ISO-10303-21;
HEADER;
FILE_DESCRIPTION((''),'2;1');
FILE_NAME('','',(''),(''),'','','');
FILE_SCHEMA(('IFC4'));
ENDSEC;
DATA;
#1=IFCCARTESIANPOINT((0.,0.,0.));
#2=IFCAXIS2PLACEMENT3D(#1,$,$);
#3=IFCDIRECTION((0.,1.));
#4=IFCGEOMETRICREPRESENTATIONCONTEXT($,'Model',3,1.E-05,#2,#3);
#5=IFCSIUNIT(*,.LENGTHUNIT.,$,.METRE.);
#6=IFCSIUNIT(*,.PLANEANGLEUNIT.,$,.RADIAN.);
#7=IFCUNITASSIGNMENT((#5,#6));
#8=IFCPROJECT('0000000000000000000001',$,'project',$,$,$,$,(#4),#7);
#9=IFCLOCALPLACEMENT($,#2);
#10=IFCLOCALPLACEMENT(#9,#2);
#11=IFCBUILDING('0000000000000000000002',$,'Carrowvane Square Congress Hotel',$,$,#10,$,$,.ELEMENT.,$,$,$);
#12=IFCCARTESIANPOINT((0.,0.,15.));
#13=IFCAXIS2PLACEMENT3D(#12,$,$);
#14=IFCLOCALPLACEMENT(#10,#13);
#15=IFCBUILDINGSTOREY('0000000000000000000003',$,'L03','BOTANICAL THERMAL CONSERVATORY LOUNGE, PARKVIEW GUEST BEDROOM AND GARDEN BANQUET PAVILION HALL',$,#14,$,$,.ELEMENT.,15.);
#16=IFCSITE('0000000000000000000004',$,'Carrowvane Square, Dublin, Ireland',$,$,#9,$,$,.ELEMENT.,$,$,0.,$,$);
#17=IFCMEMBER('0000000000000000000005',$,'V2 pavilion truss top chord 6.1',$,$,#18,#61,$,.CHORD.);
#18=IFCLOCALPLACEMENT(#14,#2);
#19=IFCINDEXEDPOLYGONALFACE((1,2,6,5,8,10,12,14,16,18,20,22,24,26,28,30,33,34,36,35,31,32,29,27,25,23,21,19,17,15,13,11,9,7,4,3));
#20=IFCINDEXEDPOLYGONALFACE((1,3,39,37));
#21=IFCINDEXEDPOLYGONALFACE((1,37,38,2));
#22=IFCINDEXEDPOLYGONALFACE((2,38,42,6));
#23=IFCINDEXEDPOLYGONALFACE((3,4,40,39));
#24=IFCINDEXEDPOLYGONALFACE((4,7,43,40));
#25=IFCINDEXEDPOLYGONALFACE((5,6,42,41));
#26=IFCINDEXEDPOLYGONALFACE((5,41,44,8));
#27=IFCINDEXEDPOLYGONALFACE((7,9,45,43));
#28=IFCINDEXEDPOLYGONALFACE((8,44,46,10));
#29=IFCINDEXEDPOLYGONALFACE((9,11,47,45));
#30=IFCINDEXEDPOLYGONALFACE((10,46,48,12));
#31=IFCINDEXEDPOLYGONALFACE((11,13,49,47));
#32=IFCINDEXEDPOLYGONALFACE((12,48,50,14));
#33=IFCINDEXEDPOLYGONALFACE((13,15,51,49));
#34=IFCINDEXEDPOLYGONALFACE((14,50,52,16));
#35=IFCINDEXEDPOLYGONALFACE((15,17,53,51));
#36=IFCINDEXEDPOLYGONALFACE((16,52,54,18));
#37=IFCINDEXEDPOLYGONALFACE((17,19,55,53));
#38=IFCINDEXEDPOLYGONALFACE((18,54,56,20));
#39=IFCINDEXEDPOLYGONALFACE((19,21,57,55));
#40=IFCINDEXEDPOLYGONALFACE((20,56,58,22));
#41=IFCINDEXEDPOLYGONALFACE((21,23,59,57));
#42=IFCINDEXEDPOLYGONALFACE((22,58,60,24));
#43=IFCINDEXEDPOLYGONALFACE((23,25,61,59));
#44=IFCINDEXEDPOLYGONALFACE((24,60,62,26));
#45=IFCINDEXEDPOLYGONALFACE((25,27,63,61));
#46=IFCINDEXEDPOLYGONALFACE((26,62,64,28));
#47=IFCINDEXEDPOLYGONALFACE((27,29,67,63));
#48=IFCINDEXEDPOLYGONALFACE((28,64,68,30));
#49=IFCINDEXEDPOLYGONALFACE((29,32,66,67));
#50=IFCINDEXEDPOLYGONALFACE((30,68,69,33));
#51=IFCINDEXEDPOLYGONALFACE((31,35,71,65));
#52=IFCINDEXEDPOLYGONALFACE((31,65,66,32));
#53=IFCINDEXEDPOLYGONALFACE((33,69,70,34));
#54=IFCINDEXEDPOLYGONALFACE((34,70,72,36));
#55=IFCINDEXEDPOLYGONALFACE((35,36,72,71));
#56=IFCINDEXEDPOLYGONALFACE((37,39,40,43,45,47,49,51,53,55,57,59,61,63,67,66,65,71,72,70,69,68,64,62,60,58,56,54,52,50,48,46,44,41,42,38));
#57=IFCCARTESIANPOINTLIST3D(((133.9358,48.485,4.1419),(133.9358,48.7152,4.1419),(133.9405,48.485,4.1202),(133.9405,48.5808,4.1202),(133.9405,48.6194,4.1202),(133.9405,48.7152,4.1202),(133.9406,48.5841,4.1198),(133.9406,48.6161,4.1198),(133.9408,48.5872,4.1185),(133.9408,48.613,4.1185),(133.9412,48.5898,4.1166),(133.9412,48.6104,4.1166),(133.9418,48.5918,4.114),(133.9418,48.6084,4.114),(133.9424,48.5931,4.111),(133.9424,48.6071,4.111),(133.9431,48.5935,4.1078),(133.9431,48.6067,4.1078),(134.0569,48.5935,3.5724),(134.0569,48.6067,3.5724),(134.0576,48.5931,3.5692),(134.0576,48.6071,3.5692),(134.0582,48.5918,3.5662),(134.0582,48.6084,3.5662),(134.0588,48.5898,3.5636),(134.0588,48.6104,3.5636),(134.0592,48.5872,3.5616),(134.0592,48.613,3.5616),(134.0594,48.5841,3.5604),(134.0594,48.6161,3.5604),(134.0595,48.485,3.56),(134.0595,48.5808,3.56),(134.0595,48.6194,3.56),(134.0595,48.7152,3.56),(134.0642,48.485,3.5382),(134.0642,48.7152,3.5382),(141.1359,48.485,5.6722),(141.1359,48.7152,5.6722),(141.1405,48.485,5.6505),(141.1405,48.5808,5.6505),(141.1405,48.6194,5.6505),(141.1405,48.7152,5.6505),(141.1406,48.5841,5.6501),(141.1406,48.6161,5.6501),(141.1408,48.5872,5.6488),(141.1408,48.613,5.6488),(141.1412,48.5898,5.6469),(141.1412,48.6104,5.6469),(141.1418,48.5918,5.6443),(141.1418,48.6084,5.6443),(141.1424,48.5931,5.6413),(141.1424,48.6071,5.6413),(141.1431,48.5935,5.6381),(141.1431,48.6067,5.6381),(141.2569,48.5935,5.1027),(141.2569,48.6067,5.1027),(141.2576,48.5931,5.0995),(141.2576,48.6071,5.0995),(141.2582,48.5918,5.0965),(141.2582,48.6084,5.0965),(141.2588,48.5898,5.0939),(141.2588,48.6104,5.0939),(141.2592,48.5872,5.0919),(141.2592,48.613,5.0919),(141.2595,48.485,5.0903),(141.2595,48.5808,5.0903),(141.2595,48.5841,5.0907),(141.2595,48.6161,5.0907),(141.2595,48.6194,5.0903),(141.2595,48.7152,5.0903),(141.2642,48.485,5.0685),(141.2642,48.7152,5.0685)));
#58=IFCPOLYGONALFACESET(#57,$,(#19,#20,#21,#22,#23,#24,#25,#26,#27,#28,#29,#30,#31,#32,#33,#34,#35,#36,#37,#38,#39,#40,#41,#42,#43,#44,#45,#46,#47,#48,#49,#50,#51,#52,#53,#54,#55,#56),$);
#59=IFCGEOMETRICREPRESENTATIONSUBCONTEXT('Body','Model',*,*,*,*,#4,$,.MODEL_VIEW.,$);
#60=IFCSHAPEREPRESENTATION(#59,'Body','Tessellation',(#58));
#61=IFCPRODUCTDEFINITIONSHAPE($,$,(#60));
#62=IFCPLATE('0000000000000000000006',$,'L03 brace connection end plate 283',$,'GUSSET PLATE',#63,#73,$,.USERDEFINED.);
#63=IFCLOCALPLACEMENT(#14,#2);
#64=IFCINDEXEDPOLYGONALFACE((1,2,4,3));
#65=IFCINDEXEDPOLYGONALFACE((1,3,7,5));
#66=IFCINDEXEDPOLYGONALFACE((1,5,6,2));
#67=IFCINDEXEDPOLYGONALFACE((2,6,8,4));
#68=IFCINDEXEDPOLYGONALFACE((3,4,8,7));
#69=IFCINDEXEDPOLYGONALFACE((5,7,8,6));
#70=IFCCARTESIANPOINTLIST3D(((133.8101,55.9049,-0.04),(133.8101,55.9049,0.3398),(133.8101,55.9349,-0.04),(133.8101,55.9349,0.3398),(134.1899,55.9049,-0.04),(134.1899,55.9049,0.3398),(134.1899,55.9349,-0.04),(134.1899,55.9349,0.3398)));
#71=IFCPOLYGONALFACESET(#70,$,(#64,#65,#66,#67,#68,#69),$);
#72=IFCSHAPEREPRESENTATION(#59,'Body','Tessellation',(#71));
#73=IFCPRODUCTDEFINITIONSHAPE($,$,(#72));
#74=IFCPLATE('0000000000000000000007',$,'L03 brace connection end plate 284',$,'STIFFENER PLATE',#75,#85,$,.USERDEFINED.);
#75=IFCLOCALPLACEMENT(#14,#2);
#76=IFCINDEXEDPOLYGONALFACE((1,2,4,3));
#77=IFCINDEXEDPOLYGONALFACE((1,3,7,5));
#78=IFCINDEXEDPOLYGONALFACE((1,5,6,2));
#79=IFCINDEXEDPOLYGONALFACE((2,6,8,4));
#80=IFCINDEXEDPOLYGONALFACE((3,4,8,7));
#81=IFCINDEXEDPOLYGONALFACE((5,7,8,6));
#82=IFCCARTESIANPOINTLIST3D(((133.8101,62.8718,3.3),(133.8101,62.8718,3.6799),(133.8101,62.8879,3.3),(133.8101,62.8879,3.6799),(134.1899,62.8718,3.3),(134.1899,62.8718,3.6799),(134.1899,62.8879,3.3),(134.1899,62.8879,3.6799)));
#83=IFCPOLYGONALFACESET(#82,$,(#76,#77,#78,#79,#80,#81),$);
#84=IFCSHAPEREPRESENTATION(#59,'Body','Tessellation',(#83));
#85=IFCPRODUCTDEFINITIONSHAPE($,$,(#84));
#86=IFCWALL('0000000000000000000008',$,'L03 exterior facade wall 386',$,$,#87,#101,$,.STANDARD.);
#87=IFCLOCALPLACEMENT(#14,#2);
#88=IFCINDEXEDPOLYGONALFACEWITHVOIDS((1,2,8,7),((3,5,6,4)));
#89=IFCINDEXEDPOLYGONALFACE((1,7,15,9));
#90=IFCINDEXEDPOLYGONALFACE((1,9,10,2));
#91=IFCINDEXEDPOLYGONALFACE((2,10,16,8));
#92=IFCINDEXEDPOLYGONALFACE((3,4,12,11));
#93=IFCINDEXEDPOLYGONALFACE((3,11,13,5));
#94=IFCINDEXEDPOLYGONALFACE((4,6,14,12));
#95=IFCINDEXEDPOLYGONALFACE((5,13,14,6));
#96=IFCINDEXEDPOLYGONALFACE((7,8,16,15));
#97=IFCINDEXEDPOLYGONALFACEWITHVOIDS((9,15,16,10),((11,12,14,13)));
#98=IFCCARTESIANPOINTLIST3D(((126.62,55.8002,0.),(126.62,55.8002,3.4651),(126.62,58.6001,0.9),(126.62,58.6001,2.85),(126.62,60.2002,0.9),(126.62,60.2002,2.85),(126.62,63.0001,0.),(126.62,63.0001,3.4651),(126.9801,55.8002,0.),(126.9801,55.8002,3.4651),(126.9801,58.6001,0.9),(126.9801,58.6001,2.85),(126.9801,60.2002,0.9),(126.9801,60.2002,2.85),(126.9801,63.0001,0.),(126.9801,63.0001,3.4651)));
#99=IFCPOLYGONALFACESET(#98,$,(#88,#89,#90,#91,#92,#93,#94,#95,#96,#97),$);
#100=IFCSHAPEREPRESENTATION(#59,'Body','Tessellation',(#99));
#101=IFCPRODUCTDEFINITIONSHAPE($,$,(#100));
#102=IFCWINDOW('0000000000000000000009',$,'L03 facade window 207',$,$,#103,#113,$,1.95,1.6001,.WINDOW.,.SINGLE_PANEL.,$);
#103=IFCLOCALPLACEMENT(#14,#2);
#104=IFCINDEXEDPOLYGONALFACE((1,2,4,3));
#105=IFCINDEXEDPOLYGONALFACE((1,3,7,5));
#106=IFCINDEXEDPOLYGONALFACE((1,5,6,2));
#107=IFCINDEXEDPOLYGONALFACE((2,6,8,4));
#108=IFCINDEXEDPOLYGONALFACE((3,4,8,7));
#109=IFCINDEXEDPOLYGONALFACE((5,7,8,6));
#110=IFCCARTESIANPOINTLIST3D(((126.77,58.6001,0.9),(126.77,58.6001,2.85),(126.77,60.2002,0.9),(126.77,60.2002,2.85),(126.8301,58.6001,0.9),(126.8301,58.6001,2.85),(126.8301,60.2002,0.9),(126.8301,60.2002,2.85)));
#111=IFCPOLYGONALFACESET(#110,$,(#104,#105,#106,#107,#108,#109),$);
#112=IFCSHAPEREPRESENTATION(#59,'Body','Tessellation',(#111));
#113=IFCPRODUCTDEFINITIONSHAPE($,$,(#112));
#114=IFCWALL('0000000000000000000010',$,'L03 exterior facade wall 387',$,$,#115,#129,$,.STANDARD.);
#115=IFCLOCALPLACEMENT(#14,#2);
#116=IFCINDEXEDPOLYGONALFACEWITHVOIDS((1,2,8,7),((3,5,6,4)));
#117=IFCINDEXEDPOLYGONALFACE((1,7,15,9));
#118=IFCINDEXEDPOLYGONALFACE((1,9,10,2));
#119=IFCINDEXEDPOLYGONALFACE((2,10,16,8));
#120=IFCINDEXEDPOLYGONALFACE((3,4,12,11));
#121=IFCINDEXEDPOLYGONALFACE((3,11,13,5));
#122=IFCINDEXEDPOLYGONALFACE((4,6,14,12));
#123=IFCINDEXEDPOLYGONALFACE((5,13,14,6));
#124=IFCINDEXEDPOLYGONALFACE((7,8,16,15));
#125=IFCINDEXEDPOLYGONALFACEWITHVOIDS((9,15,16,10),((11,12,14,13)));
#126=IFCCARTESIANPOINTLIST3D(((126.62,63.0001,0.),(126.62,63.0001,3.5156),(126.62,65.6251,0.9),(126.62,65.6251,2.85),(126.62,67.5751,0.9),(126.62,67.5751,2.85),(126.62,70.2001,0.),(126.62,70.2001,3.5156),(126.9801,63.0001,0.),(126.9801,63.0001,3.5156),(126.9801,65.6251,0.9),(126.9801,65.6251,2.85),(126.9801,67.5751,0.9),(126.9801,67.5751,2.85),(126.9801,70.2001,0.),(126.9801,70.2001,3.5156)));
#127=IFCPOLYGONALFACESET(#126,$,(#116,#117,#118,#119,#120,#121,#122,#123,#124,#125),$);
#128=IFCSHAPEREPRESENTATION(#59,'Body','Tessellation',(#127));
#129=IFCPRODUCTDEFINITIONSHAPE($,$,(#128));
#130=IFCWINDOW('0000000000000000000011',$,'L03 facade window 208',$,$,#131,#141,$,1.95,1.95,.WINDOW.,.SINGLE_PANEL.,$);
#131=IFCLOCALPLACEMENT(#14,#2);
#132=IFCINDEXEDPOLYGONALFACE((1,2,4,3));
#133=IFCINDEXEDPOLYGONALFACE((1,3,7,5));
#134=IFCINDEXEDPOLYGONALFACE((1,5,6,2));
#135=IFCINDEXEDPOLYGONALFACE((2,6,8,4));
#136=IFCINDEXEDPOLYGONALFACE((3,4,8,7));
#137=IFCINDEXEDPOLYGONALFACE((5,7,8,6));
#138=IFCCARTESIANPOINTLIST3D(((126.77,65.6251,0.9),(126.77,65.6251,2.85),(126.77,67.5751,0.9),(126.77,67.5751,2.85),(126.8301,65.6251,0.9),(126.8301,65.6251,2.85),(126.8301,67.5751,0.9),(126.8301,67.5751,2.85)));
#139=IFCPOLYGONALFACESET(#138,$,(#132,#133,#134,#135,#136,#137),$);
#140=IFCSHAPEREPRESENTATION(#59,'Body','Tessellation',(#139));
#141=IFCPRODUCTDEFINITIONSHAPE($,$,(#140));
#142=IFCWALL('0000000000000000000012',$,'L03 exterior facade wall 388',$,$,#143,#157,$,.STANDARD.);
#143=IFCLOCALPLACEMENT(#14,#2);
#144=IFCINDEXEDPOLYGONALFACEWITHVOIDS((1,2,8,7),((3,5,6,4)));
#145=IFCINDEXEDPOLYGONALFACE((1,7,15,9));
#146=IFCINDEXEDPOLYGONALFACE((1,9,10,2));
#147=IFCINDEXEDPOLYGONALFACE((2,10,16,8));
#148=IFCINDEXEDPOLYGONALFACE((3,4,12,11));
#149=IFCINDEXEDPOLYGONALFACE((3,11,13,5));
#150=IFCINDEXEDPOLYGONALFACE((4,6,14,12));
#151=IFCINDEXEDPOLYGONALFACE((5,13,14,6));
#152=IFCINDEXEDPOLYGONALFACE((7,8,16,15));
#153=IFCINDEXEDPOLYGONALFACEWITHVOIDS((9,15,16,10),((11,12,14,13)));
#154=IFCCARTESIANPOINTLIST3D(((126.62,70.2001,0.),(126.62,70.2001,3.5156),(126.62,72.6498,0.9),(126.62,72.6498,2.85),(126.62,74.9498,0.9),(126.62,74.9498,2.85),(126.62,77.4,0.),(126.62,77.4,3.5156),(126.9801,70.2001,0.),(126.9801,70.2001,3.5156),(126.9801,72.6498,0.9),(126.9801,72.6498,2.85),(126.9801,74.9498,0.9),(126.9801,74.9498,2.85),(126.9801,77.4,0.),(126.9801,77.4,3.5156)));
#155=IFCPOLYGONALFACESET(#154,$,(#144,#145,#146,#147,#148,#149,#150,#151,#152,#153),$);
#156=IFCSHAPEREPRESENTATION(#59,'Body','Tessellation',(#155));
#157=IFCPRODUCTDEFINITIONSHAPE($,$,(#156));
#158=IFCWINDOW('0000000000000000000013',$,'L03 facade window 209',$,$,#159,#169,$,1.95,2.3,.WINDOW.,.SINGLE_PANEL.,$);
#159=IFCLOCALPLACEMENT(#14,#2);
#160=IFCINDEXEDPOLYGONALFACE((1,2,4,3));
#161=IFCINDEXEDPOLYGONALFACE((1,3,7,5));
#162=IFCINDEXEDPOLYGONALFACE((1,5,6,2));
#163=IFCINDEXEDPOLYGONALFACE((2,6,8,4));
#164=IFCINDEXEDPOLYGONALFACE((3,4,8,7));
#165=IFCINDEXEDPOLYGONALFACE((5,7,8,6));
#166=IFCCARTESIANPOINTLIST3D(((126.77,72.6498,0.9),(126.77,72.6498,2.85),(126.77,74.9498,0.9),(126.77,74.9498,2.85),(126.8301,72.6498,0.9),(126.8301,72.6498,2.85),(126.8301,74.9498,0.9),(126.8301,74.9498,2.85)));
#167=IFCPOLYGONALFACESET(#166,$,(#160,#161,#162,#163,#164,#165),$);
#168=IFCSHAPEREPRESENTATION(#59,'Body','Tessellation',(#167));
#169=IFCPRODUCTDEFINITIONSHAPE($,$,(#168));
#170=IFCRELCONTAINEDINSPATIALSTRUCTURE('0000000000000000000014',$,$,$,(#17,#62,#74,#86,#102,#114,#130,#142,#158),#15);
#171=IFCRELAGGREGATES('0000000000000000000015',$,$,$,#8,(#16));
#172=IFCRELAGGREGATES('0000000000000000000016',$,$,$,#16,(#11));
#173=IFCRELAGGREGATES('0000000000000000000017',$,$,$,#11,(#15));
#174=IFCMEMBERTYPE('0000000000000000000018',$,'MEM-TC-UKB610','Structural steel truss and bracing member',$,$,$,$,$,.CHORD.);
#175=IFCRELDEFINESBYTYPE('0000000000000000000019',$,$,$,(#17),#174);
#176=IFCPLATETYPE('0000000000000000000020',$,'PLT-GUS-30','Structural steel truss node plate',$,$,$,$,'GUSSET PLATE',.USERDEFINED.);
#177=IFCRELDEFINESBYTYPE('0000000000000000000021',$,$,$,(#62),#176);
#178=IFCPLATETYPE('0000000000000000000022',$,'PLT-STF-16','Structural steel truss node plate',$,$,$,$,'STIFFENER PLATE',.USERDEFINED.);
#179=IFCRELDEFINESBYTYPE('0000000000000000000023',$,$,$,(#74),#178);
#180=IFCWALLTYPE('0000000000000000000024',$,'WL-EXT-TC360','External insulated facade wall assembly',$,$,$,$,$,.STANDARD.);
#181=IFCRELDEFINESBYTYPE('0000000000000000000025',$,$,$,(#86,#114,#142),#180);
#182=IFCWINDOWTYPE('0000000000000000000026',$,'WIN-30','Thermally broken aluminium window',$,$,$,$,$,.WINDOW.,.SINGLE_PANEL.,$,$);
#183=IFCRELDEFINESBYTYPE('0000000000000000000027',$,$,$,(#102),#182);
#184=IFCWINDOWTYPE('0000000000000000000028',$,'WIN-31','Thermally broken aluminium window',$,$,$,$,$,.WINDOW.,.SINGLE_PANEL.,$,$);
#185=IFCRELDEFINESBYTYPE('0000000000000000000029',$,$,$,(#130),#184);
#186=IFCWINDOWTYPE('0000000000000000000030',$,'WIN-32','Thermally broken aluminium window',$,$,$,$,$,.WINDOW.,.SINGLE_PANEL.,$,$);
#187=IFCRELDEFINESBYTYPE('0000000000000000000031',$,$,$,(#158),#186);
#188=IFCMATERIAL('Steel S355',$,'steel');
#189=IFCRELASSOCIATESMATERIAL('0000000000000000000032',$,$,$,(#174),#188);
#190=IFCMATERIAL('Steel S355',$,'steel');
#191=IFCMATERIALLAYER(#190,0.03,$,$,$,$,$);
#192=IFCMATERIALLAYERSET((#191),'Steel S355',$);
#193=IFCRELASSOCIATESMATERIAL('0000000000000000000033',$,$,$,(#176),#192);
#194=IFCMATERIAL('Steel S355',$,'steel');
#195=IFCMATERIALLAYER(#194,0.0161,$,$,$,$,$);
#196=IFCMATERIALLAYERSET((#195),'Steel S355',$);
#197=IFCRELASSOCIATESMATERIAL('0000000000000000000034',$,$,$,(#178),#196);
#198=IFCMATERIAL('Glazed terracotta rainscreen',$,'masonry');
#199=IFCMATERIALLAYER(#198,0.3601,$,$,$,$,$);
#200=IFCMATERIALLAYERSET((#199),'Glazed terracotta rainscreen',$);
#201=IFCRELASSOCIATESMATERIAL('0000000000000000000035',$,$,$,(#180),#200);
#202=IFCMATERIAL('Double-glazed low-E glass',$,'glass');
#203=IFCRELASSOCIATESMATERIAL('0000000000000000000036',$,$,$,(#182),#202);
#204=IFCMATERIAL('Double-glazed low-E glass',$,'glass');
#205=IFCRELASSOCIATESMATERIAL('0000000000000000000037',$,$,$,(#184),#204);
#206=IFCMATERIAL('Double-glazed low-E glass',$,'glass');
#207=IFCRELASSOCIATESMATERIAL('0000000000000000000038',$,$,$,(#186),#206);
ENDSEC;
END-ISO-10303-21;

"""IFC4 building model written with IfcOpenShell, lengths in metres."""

from ifc_helpers import new_model, si_unit, direction, frame, frame_2d, origin, origin_2d, place, context, subcontext, project, spatial, rectangle, i_section, extrude, material, layer, layer_set, material_profile, profile_set, type_object, element, fill, save


model = new_model("IFC4")

# Units and contexts
model_context = context("Model", 3, precision=1e-05, world=origin(), true_north=direction((0.0, 1.0)))
body_context = subcontext(model_context, "Body", "Model", "MODEL_VIEW")
ifc_project = project(units=[si_unit("LENGTHUNIT", "METRE"), si_unit("PLANEANGLEUNIT", "RADIAN")], contexts=[model_context])

# Site, building, storey
site_placement = place(None, origin())
site = spatial("IfcSite", under=ifc_project, at=site_placement, Name="Carrowvane Square, Dublin, Ireland", CompositionType="ELEMENT", RefElevation=0.0)
building_placement = place(site_placement, origin())
building = spatial("IfcBuilding", under=site, at=building_placement, Name="Carrowvane Square Congress Hotel", CompositionType="ELEMENT")
storey_placement = place(building_placement, frame((0.0, 0.0, 15.0)))
storey = spatial("IfcBuildingStorey", under=building, at=storey_placement, Name="L03", Description="BOTANICAL THERMAL CONSERVATORY LOUNGE, PARKVIEW GUEST BEDROOM AND GARDEN BANQUET PAVILION HALL", CompositionType="ELEMENT", Elevation=15.0)

# Member
ifc_material_1 = material(Name="Steel S355", Category="steel")
ifc_material_profile_1 = material_profile(ifc_material_1, i_section(OverallWidth=0.2302, OverallDepth=0.6172, WebThickness=0.0132, FlangeThickness=0.0222, FilletRadius=0.0127, at=origin_2d()), Name="UKB 610x229x140")
ifc_profile_set_1 = profile_set([ifc_material_profile_1], Name="Steel S355")
member_type_1 = type_object("IfcMemberType", Name="MEM-TC-UKB610", Description="Structural steel truss and bracing member", PredefinedType="CHORD", material=ifc_profile_set_1)
for number, where, z_axis, x_axis, name in (
    (1, (134.0, 48.6001, 3.8401), (0.978151, 0.0, 0.207896), (0.0, 1.0, 0.0), "V2 pavilion truss top chord 6.1"),
):
    element("IfcMember", number, at=place(storey_placement, frame(where, z_axis=z_axis, x_axis=x_axis)), inside=storey, type_object=member_type_1, Name=name, PredefinedType="CHORD", context=body_context, shape_type="SweptSolid", body=[
        extrude(i_section(OverallWidth=0.2302, OverallDepth=0.6172, WebThickness=0.0132, FlangeThickness=0.0222, FilletRadius=0.0127, at=origin_2d()), origin(), (0.0, 0.0, 1.0), 7.3608),
    ])

# Plates
ifc_material_2 = material(Name="Steel S355", Category="steel")
ifc_layer_1 = layer(ifc_material_2, 0.03)
ifc_layer_set_1 = layer_set([ifc_layer_1], Name="Steel S355")
plate_type_1 = type_object("IfcPlateType", Name="PLT-GUS-30", Description="Structural steel truss node plate", ElementType="GUSSET PLATE", PredefinedType="USERDEFINED", material=ifc_layer_set_1)
plate_1_placement = place(storey_placement, frame((134.0, 55.9199, -0.04), z_axis=(0.0, 0.0, 1.0), x_axis=(1.0, 0.0, 0.0)))
element("IfcPlate", 2, at=plate_1_placement, inside=storey, type_object=plate_type_1, Name="L03 brace connection end plate 283", ObjectType="GUSSET PLATE", PredefinedType="USERDEFINED", context=body_context, shape_type="SweptSolid", body=[
    extrude(rectangle(XDim=0.3799, YDim=0.03, at=origin_2d()), origin(), (0.0, 0.0, 1.0), 0.3799),
])
ifc_material_3 = material(Name="Steel S355", Category="steel")
ifc_layer_2 = layer(ifc_material_3, 0.0161)
ifc_layer_set_2 = layer_set([ifc_layer_2], Name="Steel S355")
plate_type_2 = type_object("IfcPlateType", Name="PLT-STF-16", Description="Structural steel truss node plate", ElementType="STIFFENER PLATE", PredefinedType="USERDEFINED", material=ifc_layer_set_2)
plate_2_placement = place(storey_placement, frame((134.0, 62.8799, 3.3), z_axis=(0.0, 0.0, 1.0), x_axis=(1.0, 0.0, 0.0)))
element("IfcPlate", 3, at=plate_2_placement, inside=storey, type_object=plate_type_2, Name="L03 brace connection end plate 284", ObjectType="STIFFENER PLATE", PredefinedType="USERDEFINED", context=body_context, shape_type="SweptSolid", body=[
    extrude(rectangle(XDim=0.3799, YDim=0.0161, at=origin_2d()), origin(), (0.0, 0.0, 1.0), 0.3799),
])

# Walls, openings, windows
ifc_material_4 = material(Name="Glazed terracotta rainscreen", Category="masonry")
ifc_layer_3 = layer(ifc_material_4, 0.3601)
ifc_layer_set_3 = layer_set([ifc_layer_3], Name="Glazed terracotta rainscreen")
wall_type = type_object("IfcWallType", Name="WL-EXT-TC360", Description="External insulated facade wall assembly", PredefinedType="STANDARD", material=ifc_layer_set_3)
wall_1_placement = place(storey_placement, frame((126.8, 55.8, 0.0), z_axis=(0.0, 0.0, 1.0), x_axis=(0.0, 1.0, 0.0)))
wall_1 = element("IfcWall", 4, at=wall_1_placement, inside=storey, type_object=wall_type, Name="L03 exterior facade wall 386", PredefinedType="STANDARD", context=body_context, shape_type="SweptSolid", body=[
    extrude(rectangle(XDim=7.2, YDim=0.3601, at=frame_2d((3.6001, 0.0))), origin(), (0.0, 0.0, 1.0), 3.4651),
])
opening_1_placement = place(wall_1_placement, frame((2.8, 0.0, 0.8999)))
opening_1 = element("IfcOpeningElement", 5, at=opening_1_placement, cuts=wall_1, PredefinedType="OPENING", context=body_context, shape_type="SweptSolid", body=[
    extrude(rectangle(XDim=1.6001, YDim=1.95, at=frame_2d((0.8, 0.9751))), frame((0.0, 0.1899, 0.0), z_axis=(0.0, -1.0, 0.0), x_axis=(1.0, 0.0, 0.0)), (0.0, 0.0, 1.0), 0.3801),
])
ifc_material_5 = material(Name="Double-glazed low-E glass", Category="glass")
window_type_1 = type_object("IfcWindowType", Name="WIN-30", Description="Thermally broken aluminium window", PartitioningType="SINGLE_PANEL", PredefinedType="WINDOW", material=ifc_material_5)
window_1_placement = place(opening_1_placement, origin())
window_1 = element("IfcWindow", 6, at=window_1_placement, inside=storey, type_object=window_type_1, Name="L03 facade window 207", OverallHeight=1.95, OverallWidth=1.6001, PartitioningType="SINGLE_PANEL", PredefinedType="WINDOW", context=body_context, shape_type="SweptSolid", body=[
    extrude(rectangle(XDim=1.6001, YDim=1.95, at=frame_2d((0.8, 0.9751))), frame((0.0, 0.03, 0.0), z_axis=(0.0, -1.0, 0.0), x_axis=(1.0, 0.0, 0.0)), (0.0, 0.0, 1.0), 0.0601),
])
fill(opening_1, window_1)
wall_2_placement = place(storey_placement, frame((126.8, 63.0, 0.0), z_axis=(0.0, 0.0, 1.0), x_axis=(0.0, 1.0, 0.0)))
wall_2 = element("IfcWall", 7, at=wall_2_placement, inside=storey, type_object=wall_type, Name="L03 exterior facade wall 387", PredefinedType="STANDARD", context=body_context, shape_type="SweptSolid", body=[
    extrude(rectangle(XDim=7.2, YDim=0.3601, at=frame_2d((3.6001, 0.0))), origin(), (0.0, 0.0, 1.0), 3.5156),
])
opening_2_placement = place(wall_2_placement, frame((2.625, 0.0, 0.8999)))
opening_2 = element("IfcOpeningElement", 8, at=opening_2_placement, cuts=wall_2, PredefinedType="OPENING", context=body_context, shape_type="SweptSolid", body=[
    extrude(rectangle(XDim=1.95, YDim=1.95, at=frame_2d((0.9751, 0.9751))), frame((0.0, 0.1899, 0.0), z_axis=(0.0, -1.0, 0.0), x_axis=(1.0, 0.0, 0.0)), (0.0, 0.0, 1.0), 0.3801),
])
ifc_material_6 = material(Name="Double-glazed low-E glass", Category="glass")
window_type_2 = type_object("IfcWindowType", Name="WIN-31", Description="Thermally broken aluminium window", PartitioningType="SINGLE_PANEL", PredefinedType="WINDOW", material=ifc_material_6)
window_2_placement = place(opening_2_placement, origin())
window_2 = element("IfcWindow", 9, at=window_2_placement, inside=storey, type_object=window_type_2, Name="L03 facade window 208", OverallHeight=1.95, OverallWidth=1.95, PartitioningType="SINGLE_PANEL", PredefinedType="WINDOW", context=body_context, shape_type="SweptSolid", body=[
    extrude(rectangle(XDim=1.95, YDim=1.95, at=frame_2d((0.9751, 0.9751))), frame((0.0, 0.03, 0.0), z_axis=(0.0, -1.0, 0.0), x_axis=(1.0, 0.0, 0.0)), (0.0, 0.0, 1.0), 0.0601),
])
fill(opening_2, window_2)
wall_3_placement = place(storey_placement, frame((126.8, 70.2, 0.0), z_axis=(0.0, 0.0, 1.0), x_axis=(0.0, 1.0, 0.0)))
wall_3 = element("IfcWall", 10, at=wall_3_placement, inside=storey, type_object=wall_type, Name="L03 exterior facade wall 388", PredefinedType="STANDARD", context=body_context, shape_type="SweptSolid", body=[
    extrude(rectangle(XDim=7.2, YDim=0.3601, at=frame_2d((3.6001, 0.0))), origin(), (0.0, 0.0, 1.0), 3.5156),
])
opening_3_placement = place(wall_3_placement, frame((2.45, 0.0, 0.8999)))
opening_3 = element("IfcOpeningElement", 11, at=opening_3_placement, cuts=wall_3, PredefinedType="OPENING", context=body_context, shape_type="SweptSolid", body=[
    extrude(rectangle(XDim=2.3, YDim=1.95, at=frame_2d((1.1499, 0.9751))), frame((0.0, 0.1899, 0.0), z_axis=(0.0, -1.0, 0.0), x_axis=(1.0, 0.0, 0.0)), (0.0, 0.0, 1.0), 0.3801),
])
ifc_material_7 = material(Name="Double-glazed low-E glass", Category="glass")
window_type_3 = type_object("IfcWindowType", Name="WIN-32", Description="Thermally broken aluminium window", PartitioningType="SINGLE_PANEL", PredefinedType="WINDOW", material=ifc_material_7)
window_3_placement = place(opening_3_placement, origin())
window_3 = element("IfcWindow", 12, at=window_3_placement, inside=storey, type_object=window_type_3, Name="L03 facade window 209", OverallHeight=1.95, OverallWidth=2.3, PartitioningType="SINGLE_PANEL", PredefinedType="WINDOW", context=body_context, shape_type="SweptSolid", body=[
    extrude(rectangle(XDim=2.3, YDim=1.95, at=frame_2d((1.1499, 0.9751))), frame((0.0, 0.03, 0.0), z_axis=(0.0, -1.0, 0.0), x_axis=(1.0, 0.0, 0.0)), (0.0, 0.0, 1.0), 0.0601),
])
fill(opening_3, window_3)

save(model, "model.ifc")
